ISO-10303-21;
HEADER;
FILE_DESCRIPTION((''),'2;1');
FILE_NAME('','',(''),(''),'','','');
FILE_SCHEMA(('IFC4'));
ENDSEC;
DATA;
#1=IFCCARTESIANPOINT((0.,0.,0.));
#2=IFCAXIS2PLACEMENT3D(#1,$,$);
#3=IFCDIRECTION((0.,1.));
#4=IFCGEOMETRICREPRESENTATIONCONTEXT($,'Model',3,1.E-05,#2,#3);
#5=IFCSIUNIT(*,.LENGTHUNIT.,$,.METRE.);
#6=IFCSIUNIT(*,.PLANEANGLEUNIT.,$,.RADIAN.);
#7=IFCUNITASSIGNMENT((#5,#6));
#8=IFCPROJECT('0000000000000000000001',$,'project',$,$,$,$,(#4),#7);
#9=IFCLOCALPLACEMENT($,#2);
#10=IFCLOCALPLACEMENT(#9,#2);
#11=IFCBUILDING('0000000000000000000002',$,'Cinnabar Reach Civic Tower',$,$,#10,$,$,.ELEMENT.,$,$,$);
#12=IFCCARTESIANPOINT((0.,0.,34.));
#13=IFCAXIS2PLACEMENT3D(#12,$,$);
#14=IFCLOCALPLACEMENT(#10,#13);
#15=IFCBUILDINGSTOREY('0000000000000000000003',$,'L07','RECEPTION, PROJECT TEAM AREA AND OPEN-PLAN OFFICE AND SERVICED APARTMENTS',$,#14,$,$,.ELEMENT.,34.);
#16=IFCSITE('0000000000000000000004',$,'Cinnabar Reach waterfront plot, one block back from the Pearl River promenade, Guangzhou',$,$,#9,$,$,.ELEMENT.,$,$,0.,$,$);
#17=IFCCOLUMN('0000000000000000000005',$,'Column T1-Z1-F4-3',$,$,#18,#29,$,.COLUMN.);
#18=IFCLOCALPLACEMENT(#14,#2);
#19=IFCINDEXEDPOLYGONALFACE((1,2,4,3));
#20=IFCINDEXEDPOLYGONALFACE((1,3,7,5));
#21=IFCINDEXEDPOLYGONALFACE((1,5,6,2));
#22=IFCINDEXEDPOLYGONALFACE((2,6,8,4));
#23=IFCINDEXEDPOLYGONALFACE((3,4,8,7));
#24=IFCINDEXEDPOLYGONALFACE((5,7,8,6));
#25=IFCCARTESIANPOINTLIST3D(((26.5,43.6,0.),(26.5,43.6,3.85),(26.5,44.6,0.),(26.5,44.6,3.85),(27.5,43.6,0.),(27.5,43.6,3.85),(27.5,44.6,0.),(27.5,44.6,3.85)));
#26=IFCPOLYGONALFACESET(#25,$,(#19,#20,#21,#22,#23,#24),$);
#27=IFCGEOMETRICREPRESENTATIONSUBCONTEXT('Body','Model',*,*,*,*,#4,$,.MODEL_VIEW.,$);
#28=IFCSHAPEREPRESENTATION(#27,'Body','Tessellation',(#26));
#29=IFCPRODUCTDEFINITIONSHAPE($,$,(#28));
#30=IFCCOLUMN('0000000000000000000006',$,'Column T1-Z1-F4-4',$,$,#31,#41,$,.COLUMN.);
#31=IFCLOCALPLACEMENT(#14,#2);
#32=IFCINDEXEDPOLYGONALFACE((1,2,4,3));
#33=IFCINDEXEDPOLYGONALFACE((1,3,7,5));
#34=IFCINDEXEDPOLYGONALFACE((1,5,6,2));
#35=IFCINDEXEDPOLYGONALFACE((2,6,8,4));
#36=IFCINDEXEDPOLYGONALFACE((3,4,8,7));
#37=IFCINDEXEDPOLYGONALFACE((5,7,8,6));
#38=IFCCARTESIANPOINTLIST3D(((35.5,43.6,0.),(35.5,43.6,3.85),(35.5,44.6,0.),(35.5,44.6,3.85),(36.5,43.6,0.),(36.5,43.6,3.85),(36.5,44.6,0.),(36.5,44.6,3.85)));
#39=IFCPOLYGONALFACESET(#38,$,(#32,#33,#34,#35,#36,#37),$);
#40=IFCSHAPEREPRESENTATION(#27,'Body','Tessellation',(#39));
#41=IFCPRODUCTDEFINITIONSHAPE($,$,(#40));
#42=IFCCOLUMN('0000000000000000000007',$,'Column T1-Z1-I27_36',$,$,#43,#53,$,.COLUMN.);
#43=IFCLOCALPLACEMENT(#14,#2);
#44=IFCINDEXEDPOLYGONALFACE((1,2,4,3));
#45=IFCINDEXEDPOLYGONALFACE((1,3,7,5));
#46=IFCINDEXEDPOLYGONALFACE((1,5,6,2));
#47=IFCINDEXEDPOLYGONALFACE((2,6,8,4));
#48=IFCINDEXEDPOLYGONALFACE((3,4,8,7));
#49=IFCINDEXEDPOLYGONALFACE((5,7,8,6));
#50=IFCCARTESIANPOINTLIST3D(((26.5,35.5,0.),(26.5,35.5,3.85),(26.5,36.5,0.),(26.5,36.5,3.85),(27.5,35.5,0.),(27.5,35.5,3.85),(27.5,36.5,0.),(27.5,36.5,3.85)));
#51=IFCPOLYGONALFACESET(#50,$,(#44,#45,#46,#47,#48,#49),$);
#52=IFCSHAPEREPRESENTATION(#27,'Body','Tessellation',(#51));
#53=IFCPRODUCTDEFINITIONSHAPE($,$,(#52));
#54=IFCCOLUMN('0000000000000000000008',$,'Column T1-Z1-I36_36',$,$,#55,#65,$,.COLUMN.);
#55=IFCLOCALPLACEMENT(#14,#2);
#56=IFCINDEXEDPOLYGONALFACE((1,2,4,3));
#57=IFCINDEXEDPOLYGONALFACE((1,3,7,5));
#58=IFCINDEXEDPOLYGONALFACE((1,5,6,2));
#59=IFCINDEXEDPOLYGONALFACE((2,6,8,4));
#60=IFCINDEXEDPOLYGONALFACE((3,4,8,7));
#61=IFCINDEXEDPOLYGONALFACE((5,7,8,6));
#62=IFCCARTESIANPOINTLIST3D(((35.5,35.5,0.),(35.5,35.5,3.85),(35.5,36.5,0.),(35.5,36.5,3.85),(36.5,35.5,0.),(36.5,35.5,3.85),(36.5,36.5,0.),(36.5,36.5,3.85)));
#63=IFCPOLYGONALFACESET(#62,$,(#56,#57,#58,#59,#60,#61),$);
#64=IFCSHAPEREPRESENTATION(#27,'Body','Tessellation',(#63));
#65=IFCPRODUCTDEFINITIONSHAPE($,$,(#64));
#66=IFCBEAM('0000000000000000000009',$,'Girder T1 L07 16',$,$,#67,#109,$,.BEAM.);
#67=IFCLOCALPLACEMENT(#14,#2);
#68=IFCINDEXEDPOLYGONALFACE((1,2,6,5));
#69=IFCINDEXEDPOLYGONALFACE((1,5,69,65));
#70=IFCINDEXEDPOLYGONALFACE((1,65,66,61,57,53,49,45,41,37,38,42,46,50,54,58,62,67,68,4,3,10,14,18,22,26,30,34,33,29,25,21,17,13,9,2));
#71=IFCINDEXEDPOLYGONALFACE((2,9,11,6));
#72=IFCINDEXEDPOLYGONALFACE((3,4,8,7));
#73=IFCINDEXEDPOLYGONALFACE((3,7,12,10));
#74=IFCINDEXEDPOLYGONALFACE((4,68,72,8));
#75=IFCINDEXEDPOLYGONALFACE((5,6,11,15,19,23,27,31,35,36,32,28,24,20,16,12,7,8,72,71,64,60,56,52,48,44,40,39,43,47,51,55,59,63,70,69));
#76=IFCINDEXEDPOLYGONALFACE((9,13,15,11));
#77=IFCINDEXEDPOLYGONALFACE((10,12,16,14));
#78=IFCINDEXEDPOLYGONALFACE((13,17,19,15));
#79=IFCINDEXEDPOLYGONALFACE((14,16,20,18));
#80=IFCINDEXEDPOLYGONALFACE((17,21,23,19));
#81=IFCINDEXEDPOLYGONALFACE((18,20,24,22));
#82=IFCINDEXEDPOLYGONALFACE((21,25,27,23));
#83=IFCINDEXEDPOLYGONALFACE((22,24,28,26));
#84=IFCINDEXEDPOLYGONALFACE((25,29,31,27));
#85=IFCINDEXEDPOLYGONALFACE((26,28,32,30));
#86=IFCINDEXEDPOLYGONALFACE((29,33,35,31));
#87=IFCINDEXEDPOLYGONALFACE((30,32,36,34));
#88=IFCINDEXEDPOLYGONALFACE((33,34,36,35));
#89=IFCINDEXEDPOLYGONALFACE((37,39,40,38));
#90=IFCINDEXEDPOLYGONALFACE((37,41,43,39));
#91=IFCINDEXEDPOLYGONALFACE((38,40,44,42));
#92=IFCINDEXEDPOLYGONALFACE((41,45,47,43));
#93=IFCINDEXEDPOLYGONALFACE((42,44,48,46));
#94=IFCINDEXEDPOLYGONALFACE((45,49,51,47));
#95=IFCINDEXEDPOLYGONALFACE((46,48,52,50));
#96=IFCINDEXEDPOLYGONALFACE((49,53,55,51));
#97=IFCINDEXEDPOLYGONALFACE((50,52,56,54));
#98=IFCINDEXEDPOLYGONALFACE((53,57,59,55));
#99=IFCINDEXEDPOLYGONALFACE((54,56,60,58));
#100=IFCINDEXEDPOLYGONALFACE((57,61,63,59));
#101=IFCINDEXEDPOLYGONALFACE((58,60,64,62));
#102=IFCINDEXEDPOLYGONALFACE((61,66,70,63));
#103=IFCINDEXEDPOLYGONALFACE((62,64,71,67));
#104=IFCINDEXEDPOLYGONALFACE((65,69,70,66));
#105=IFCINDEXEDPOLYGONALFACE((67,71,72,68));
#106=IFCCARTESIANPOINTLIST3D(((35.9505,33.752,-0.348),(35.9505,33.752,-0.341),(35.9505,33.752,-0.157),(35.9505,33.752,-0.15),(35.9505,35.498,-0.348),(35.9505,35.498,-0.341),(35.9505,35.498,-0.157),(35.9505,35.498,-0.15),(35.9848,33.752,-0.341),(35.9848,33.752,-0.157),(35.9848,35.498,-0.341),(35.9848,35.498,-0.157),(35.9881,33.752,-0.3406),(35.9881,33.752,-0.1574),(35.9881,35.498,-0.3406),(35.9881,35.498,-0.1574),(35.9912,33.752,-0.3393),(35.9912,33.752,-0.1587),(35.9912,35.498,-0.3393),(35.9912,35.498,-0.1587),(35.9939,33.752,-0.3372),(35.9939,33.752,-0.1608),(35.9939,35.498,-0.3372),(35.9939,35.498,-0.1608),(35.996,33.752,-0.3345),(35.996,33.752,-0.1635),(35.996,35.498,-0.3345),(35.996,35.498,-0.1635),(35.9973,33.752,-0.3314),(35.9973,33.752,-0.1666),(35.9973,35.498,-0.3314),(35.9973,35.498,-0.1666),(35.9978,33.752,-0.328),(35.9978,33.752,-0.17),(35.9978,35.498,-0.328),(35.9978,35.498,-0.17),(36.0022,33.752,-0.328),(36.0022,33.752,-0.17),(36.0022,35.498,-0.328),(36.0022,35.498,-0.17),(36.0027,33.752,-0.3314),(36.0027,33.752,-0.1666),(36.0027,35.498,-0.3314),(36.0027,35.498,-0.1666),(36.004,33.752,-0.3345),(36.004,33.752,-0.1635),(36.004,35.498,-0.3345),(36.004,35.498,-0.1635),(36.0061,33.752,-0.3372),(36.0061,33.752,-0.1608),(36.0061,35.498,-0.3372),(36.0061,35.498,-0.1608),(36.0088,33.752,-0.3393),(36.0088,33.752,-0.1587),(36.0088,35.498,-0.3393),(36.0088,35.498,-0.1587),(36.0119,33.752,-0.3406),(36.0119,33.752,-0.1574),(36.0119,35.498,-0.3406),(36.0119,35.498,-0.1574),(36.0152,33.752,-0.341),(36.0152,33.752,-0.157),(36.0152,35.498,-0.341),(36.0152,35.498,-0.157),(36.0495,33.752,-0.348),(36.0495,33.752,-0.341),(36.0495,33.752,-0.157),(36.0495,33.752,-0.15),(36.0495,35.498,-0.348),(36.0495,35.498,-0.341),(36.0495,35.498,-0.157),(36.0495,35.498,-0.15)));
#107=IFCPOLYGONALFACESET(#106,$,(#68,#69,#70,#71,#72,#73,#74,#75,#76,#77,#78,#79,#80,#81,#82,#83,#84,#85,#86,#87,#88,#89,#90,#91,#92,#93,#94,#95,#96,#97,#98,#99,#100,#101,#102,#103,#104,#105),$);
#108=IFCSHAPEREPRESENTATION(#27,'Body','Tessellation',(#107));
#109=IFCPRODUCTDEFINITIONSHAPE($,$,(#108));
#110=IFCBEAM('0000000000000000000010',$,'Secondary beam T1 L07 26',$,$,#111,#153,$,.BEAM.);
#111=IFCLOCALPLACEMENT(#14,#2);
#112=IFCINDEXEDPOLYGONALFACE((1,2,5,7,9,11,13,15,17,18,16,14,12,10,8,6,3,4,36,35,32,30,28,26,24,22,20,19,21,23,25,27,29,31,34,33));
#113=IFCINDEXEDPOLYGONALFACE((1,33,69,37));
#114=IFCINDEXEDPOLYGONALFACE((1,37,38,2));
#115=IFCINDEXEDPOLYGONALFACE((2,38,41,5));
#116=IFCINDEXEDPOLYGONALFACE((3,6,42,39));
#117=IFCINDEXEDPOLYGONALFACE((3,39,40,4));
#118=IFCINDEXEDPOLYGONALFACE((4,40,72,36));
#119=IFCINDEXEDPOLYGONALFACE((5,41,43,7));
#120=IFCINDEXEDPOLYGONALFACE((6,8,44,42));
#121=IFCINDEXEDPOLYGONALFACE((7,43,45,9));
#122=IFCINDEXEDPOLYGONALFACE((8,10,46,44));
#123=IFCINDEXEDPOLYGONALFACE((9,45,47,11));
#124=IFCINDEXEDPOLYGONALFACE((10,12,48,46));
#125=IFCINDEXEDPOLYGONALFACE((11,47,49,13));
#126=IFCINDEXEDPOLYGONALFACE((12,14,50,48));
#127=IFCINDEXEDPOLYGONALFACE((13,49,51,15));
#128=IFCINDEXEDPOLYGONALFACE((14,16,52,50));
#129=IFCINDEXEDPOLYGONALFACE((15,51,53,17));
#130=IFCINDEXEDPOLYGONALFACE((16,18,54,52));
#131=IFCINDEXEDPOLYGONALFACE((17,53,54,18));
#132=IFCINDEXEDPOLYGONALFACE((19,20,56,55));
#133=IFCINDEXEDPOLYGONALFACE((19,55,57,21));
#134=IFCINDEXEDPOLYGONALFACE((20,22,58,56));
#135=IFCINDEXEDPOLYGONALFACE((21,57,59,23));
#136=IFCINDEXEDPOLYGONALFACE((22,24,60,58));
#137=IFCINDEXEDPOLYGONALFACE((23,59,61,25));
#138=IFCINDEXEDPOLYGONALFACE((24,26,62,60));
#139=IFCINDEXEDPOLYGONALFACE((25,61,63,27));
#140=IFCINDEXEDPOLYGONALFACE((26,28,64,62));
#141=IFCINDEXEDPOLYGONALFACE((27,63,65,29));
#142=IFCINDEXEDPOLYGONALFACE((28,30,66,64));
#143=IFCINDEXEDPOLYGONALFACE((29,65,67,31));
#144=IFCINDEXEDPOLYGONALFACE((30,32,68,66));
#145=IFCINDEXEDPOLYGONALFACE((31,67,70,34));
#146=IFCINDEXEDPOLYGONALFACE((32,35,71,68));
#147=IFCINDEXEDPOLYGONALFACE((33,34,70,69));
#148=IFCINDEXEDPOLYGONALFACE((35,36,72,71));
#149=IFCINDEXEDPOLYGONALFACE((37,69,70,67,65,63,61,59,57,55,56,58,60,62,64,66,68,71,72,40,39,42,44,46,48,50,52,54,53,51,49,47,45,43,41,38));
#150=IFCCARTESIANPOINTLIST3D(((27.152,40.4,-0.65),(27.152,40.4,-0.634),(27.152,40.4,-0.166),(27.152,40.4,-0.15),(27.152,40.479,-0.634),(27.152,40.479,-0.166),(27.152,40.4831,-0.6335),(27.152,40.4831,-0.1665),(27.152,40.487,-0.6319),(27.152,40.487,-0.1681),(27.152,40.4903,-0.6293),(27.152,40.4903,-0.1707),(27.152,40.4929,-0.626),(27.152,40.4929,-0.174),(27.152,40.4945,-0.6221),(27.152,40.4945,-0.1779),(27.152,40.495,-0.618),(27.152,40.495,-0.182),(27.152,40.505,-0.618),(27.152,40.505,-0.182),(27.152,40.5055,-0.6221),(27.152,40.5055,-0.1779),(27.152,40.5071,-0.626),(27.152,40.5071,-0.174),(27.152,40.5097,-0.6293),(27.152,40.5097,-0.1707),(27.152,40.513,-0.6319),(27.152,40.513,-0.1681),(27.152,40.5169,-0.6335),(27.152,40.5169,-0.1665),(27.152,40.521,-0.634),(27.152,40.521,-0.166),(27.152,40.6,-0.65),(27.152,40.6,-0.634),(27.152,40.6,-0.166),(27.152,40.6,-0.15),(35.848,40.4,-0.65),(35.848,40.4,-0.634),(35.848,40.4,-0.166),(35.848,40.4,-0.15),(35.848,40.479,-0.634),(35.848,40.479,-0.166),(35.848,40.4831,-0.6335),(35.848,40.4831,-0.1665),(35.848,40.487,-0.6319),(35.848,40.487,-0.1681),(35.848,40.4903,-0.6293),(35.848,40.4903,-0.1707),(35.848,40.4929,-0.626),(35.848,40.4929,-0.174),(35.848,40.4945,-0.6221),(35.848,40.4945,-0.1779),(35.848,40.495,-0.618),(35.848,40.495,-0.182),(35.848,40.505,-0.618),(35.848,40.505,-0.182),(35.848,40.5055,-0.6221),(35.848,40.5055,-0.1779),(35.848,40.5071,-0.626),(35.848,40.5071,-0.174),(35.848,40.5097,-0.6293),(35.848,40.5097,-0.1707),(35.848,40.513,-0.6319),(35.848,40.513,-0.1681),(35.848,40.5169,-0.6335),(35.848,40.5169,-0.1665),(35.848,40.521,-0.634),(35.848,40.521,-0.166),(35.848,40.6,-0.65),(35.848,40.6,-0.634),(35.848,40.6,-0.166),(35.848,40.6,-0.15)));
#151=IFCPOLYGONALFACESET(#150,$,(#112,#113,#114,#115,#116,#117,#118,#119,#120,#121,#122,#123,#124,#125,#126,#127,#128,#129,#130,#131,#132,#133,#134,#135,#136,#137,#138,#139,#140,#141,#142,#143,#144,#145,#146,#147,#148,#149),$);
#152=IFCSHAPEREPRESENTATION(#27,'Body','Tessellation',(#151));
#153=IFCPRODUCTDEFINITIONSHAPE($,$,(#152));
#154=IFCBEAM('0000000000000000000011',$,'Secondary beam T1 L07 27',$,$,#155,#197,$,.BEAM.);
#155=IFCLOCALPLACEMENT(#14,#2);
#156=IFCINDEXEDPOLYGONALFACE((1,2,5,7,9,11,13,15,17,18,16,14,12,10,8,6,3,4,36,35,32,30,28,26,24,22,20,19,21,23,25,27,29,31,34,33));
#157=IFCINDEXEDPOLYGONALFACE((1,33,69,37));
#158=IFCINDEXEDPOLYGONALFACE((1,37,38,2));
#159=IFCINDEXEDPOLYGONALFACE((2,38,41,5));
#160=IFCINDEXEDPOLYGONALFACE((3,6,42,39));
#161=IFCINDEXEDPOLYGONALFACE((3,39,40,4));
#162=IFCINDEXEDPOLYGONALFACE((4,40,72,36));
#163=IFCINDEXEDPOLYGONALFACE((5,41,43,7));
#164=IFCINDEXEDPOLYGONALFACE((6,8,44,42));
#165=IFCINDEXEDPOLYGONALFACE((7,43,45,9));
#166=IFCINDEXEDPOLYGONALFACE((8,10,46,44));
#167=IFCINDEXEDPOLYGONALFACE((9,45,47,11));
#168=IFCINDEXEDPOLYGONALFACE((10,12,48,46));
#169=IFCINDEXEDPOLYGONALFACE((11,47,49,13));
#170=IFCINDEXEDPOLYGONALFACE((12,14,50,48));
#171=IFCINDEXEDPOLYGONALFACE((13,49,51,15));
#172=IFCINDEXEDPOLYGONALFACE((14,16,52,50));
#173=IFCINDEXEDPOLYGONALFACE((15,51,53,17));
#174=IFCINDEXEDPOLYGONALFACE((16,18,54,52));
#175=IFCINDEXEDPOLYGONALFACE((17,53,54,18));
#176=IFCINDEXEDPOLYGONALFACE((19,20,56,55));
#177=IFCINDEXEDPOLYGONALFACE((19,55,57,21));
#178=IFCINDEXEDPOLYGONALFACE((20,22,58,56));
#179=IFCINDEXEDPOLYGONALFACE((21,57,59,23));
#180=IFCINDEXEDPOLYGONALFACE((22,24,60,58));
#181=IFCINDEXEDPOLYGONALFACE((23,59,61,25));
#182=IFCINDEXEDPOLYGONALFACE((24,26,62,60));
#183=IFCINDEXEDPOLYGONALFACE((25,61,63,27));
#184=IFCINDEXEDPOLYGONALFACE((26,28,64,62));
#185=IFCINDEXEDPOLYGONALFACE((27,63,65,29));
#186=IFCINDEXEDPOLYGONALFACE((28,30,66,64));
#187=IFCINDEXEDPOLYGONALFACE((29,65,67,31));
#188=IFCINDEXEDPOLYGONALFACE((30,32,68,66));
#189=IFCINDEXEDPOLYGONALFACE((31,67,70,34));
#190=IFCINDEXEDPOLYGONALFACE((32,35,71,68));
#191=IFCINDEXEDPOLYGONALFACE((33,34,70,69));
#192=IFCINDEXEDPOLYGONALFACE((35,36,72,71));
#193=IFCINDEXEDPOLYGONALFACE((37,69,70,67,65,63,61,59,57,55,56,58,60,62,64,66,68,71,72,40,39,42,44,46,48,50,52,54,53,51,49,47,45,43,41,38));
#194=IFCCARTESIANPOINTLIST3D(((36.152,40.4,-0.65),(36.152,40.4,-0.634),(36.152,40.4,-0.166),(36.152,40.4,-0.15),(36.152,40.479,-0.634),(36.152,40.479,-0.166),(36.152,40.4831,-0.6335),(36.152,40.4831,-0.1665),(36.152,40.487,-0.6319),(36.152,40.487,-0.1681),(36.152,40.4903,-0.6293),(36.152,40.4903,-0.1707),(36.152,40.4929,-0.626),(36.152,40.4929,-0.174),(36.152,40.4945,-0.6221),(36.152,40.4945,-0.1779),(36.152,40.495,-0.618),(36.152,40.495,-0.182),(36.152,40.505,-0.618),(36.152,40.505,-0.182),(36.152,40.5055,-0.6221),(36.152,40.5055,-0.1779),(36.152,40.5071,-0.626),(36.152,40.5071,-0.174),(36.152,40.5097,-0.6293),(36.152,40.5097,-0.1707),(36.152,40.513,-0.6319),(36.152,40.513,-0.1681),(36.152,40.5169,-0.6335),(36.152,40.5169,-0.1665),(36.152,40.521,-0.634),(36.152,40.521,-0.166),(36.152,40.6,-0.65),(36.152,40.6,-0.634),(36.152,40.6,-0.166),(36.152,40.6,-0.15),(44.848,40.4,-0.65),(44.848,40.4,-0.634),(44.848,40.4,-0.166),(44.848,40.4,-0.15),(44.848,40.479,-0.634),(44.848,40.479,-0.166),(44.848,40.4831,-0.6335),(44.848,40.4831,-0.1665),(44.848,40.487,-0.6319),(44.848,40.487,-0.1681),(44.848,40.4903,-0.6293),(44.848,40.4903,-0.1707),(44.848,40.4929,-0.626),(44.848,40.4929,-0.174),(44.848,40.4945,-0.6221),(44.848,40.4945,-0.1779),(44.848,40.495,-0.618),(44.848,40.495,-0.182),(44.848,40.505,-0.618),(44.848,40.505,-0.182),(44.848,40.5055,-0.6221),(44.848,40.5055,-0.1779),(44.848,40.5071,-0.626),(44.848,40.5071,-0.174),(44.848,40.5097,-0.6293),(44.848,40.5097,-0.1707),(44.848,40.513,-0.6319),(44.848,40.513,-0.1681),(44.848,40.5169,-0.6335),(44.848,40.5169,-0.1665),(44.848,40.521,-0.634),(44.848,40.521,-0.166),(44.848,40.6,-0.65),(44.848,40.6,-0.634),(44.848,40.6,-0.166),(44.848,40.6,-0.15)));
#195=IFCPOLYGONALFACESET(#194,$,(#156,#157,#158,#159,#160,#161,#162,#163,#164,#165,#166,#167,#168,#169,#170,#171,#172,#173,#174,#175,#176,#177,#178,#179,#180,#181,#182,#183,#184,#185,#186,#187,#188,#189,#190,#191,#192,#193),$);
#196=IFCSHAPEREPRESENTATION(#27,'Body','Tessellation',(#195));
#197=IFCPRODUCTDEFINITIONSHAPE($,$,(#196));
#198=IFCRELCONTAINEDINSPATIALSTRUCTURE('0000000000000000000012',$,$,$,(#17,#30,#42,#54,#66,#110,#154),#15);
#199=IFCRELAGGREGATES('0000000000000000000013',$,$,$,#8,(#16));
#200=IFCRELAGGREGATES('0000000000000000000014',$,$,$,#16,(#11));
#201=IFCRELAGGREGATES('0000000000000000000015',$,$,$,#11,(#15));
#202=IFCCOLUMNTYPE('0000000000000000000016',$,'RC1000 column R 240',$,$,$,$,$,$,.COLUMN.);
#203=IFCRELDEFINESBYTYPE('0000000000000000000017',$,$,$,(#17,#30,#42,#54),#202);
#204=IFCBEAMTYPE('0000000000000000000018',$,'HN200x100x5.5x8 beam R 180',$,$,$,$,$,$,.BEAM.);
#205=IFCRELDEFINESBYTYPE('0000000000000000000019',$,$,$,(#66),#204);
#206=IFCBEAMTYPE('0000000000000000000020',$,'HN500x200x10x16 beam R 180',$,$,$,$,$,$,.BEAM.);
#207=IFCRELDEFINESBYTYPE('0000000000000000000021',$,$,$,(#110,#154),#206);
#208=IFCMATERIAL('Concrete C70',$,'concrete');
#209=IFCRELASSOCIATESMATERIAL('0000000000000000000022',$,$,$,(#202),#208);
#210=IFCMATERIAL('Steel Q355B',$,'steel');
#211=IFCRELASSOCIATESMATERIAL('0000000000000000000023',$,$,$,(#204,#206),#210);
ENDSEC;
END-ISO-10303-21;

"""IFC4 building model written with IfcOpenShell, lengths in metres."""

from ifc_helpers import new_model, si_unit, direction, frame, origin, origin_2d, place, context, subcontext, project, spatial, rectangle, i_section, extrude, material, material_profile, profile_set, type_object, element, save


model = new_model("IFC4")

# Units and contexts
model_context = context("Model", 3, precision=1e-05, world=origin(), true_north=direction((0.0, 1.0)))
body_context = subcontext(model_context, "Body", "Model", "MODEL_VIEW")
ifc_project = project(units=[si_unit("LENGTHUNIT", "METRE"), si_unit("PLANEANGLEUNIT", "RADIAN")], contexts=[model_context])

# Site, building, storey
site_placement = place(None, origin())
site = spatial("IfcSite", under=ifc_project, at=site_placement, Name="Cinnabar Reach waterfront plot, one block back from the Pearl River promenade, Guangzhou", CompositionType="ELEMENT", RefElevation=0.0)
building_placement = place(site_placement, origin())
building = spatial("IfcBuilding", under=site, at=building_placement, Name="Cinnabar Reach Civic Tower", CompositionType="ELEMENT")
storey_placement = place(building_placement, frame((0.0, 0.0, 34.0)))
storey = spatial("IfcBuildingStorey", under=building, at=storey_placement, Name="L07", Description="RECEPTION, PROJECT TEAM AREA AND OPEN-PLAN OFFICE AND SERVICED APARTMENTS", CompositionType="ELEMENT", Elevation=34.0)

# Columns
ifc_material_1 = material(Name="Concrete C70", Category="concrete")
ifc_material_profile_1 = material_profile(ifc_material_1, rectangle(XDim=1.0, YDim=1.0, at=origin_2d()), Name="RC1000")
ifc_profile_set_1 = profile_set([ifc_material_profile_1], Name="Concrete C70")
column_type = type_object("IfcColumnType", Name="RC1000 column R 240", PredefinedType="COLUMN", material=ifc_profile_set_1)
for number, where, z_axis, x_axis, name in (
    (1, (27.0, 44.1, 0.0), (0.0, 0.0, 1.0), (1.0, 0.0, 0.0), "Column T1-Z1-F4-3"),
    (2, (36.0, 44.1, 0.0), (0.0, 0.0, 1.0), (1.0, 0.0, 0.0), "Column T1-Z1-F4-4"),
    (3, (27.0, 36.0, 0.0), (0.0, 0.0, 1.0), (1.0, 0.0, 0.0), "Column T1-Z1-I27_36"),
    (4, (36.0, 36.0, 0.0), (0.0, 0.0, 1.0), (1.0, 0.0, 0.0), "Column T1-Z1-I36_36"),
):
    element("IfcColumn", number, at=place(storey_placement, frame(where, z_axis=z_axis, x_axis=x_axis)), inside=storey, type_object=column_type, Name=name, PredefinedType="COLUMN", context=body_context, shape_type="SweptSolid", body=[
        extrude(rectangle(XDim=1.0, YDim=1.0, at=origin_2d()), origin(), (0.0, 0.0, 1.0), 3.85),
    ])

# Beams
ifc_material_2 = material(Name="Steel Q355B", Category="steel")
ifc_material_profile_2 = material_profile(ifc_material_2, i_section(OverallWidth=0.099, OverallDepth=0.198, WebThickness=0.0045, FlangeThickness=0.007, FilletRadius=0.013, at=origin_2d()), Name="HN200x100x5.5x8")
ifc_profile_set_2 = profile_set([ifc_material_profile_2], Name="Steel Q355B")
beam_type_1 = type_object("IfcBeamType", Name="HN200x100x5.5x8 beam R 180", PredefinedType="BEAM", material=ifc_profile_set_2)
beam_1_placement = place(storey_placement, frame((36.0, 33.752, -0.249), z_axis=(0.0, 1.0, 0.0), x_axis=(-1.0, 0.0, 0.0)))
element("IfcBeam", 5, at=beam_1_placement, inside=storey, type_object=beam_type_1, Name="Girder T1 L07 16", PredefinedType="BEAM", context=body_context, shape_type="SweptSolid", body=[
    extrude(i_section(OverallWidth=0.099, OverallDepth=0.198, WebThickness=0.0045, FlangeThickness=0.007, FilletRadius=0.013, at=origin_2d()), origin(), (0.0, 0.0, 1.0), 1.746),
])
ifc_material_profile_3 = material_profile(ifc_material_2, i_section(OverallWidth=0.2, OverallDepth=0.5, WebThickness=0.01, FlangeThickness=0.016, FilletRadius=0.016, at=origin_2d()), Name="HN500x200x10x16")
ifc_profile_set_3 = profile_set([ifc_material_profile_3], Name="Steel Q355B")
beam_type_2 = type_object("IfcBeamType", Name="HN500x200x10x16 beam R 180", PredefinedType="BEAM", material=ifc_profile_set_3)
for number, where, z_axis, x_axis, name in (
    (6, (27.152, 40.5, -0.4), (1.0, 0.0, 0.0), (0.0, 1.0, 0.0), "Secondary beam T1 L07 26"),
    (7, (36.152, 40.5, -0.4), (1.0, 0.0, 0.0), (0.0, 1.0, 0.0), "Secondary beam T1 L07 27"),
):
    element("IfcBeam", number, at=place(storey_placement, frame(where, z_axis=z_axis, x_axis=x_axis)), inside=storey, type_object=beam_type_2, Name=name, PredefinedType="BEAM", context=body_context, shape_type="SweptSolid", body=[
        extrude(i_section(OverallWidth=0.2, OverallDepth=0.5, WebThickness=0.01, FlangeThickness=0.016, FilletRadius=0.016, at=origin_2d()), origin(), (0.0, 0.0, 1.0), 8.696),
    ])

save(model, "model.ifc")
